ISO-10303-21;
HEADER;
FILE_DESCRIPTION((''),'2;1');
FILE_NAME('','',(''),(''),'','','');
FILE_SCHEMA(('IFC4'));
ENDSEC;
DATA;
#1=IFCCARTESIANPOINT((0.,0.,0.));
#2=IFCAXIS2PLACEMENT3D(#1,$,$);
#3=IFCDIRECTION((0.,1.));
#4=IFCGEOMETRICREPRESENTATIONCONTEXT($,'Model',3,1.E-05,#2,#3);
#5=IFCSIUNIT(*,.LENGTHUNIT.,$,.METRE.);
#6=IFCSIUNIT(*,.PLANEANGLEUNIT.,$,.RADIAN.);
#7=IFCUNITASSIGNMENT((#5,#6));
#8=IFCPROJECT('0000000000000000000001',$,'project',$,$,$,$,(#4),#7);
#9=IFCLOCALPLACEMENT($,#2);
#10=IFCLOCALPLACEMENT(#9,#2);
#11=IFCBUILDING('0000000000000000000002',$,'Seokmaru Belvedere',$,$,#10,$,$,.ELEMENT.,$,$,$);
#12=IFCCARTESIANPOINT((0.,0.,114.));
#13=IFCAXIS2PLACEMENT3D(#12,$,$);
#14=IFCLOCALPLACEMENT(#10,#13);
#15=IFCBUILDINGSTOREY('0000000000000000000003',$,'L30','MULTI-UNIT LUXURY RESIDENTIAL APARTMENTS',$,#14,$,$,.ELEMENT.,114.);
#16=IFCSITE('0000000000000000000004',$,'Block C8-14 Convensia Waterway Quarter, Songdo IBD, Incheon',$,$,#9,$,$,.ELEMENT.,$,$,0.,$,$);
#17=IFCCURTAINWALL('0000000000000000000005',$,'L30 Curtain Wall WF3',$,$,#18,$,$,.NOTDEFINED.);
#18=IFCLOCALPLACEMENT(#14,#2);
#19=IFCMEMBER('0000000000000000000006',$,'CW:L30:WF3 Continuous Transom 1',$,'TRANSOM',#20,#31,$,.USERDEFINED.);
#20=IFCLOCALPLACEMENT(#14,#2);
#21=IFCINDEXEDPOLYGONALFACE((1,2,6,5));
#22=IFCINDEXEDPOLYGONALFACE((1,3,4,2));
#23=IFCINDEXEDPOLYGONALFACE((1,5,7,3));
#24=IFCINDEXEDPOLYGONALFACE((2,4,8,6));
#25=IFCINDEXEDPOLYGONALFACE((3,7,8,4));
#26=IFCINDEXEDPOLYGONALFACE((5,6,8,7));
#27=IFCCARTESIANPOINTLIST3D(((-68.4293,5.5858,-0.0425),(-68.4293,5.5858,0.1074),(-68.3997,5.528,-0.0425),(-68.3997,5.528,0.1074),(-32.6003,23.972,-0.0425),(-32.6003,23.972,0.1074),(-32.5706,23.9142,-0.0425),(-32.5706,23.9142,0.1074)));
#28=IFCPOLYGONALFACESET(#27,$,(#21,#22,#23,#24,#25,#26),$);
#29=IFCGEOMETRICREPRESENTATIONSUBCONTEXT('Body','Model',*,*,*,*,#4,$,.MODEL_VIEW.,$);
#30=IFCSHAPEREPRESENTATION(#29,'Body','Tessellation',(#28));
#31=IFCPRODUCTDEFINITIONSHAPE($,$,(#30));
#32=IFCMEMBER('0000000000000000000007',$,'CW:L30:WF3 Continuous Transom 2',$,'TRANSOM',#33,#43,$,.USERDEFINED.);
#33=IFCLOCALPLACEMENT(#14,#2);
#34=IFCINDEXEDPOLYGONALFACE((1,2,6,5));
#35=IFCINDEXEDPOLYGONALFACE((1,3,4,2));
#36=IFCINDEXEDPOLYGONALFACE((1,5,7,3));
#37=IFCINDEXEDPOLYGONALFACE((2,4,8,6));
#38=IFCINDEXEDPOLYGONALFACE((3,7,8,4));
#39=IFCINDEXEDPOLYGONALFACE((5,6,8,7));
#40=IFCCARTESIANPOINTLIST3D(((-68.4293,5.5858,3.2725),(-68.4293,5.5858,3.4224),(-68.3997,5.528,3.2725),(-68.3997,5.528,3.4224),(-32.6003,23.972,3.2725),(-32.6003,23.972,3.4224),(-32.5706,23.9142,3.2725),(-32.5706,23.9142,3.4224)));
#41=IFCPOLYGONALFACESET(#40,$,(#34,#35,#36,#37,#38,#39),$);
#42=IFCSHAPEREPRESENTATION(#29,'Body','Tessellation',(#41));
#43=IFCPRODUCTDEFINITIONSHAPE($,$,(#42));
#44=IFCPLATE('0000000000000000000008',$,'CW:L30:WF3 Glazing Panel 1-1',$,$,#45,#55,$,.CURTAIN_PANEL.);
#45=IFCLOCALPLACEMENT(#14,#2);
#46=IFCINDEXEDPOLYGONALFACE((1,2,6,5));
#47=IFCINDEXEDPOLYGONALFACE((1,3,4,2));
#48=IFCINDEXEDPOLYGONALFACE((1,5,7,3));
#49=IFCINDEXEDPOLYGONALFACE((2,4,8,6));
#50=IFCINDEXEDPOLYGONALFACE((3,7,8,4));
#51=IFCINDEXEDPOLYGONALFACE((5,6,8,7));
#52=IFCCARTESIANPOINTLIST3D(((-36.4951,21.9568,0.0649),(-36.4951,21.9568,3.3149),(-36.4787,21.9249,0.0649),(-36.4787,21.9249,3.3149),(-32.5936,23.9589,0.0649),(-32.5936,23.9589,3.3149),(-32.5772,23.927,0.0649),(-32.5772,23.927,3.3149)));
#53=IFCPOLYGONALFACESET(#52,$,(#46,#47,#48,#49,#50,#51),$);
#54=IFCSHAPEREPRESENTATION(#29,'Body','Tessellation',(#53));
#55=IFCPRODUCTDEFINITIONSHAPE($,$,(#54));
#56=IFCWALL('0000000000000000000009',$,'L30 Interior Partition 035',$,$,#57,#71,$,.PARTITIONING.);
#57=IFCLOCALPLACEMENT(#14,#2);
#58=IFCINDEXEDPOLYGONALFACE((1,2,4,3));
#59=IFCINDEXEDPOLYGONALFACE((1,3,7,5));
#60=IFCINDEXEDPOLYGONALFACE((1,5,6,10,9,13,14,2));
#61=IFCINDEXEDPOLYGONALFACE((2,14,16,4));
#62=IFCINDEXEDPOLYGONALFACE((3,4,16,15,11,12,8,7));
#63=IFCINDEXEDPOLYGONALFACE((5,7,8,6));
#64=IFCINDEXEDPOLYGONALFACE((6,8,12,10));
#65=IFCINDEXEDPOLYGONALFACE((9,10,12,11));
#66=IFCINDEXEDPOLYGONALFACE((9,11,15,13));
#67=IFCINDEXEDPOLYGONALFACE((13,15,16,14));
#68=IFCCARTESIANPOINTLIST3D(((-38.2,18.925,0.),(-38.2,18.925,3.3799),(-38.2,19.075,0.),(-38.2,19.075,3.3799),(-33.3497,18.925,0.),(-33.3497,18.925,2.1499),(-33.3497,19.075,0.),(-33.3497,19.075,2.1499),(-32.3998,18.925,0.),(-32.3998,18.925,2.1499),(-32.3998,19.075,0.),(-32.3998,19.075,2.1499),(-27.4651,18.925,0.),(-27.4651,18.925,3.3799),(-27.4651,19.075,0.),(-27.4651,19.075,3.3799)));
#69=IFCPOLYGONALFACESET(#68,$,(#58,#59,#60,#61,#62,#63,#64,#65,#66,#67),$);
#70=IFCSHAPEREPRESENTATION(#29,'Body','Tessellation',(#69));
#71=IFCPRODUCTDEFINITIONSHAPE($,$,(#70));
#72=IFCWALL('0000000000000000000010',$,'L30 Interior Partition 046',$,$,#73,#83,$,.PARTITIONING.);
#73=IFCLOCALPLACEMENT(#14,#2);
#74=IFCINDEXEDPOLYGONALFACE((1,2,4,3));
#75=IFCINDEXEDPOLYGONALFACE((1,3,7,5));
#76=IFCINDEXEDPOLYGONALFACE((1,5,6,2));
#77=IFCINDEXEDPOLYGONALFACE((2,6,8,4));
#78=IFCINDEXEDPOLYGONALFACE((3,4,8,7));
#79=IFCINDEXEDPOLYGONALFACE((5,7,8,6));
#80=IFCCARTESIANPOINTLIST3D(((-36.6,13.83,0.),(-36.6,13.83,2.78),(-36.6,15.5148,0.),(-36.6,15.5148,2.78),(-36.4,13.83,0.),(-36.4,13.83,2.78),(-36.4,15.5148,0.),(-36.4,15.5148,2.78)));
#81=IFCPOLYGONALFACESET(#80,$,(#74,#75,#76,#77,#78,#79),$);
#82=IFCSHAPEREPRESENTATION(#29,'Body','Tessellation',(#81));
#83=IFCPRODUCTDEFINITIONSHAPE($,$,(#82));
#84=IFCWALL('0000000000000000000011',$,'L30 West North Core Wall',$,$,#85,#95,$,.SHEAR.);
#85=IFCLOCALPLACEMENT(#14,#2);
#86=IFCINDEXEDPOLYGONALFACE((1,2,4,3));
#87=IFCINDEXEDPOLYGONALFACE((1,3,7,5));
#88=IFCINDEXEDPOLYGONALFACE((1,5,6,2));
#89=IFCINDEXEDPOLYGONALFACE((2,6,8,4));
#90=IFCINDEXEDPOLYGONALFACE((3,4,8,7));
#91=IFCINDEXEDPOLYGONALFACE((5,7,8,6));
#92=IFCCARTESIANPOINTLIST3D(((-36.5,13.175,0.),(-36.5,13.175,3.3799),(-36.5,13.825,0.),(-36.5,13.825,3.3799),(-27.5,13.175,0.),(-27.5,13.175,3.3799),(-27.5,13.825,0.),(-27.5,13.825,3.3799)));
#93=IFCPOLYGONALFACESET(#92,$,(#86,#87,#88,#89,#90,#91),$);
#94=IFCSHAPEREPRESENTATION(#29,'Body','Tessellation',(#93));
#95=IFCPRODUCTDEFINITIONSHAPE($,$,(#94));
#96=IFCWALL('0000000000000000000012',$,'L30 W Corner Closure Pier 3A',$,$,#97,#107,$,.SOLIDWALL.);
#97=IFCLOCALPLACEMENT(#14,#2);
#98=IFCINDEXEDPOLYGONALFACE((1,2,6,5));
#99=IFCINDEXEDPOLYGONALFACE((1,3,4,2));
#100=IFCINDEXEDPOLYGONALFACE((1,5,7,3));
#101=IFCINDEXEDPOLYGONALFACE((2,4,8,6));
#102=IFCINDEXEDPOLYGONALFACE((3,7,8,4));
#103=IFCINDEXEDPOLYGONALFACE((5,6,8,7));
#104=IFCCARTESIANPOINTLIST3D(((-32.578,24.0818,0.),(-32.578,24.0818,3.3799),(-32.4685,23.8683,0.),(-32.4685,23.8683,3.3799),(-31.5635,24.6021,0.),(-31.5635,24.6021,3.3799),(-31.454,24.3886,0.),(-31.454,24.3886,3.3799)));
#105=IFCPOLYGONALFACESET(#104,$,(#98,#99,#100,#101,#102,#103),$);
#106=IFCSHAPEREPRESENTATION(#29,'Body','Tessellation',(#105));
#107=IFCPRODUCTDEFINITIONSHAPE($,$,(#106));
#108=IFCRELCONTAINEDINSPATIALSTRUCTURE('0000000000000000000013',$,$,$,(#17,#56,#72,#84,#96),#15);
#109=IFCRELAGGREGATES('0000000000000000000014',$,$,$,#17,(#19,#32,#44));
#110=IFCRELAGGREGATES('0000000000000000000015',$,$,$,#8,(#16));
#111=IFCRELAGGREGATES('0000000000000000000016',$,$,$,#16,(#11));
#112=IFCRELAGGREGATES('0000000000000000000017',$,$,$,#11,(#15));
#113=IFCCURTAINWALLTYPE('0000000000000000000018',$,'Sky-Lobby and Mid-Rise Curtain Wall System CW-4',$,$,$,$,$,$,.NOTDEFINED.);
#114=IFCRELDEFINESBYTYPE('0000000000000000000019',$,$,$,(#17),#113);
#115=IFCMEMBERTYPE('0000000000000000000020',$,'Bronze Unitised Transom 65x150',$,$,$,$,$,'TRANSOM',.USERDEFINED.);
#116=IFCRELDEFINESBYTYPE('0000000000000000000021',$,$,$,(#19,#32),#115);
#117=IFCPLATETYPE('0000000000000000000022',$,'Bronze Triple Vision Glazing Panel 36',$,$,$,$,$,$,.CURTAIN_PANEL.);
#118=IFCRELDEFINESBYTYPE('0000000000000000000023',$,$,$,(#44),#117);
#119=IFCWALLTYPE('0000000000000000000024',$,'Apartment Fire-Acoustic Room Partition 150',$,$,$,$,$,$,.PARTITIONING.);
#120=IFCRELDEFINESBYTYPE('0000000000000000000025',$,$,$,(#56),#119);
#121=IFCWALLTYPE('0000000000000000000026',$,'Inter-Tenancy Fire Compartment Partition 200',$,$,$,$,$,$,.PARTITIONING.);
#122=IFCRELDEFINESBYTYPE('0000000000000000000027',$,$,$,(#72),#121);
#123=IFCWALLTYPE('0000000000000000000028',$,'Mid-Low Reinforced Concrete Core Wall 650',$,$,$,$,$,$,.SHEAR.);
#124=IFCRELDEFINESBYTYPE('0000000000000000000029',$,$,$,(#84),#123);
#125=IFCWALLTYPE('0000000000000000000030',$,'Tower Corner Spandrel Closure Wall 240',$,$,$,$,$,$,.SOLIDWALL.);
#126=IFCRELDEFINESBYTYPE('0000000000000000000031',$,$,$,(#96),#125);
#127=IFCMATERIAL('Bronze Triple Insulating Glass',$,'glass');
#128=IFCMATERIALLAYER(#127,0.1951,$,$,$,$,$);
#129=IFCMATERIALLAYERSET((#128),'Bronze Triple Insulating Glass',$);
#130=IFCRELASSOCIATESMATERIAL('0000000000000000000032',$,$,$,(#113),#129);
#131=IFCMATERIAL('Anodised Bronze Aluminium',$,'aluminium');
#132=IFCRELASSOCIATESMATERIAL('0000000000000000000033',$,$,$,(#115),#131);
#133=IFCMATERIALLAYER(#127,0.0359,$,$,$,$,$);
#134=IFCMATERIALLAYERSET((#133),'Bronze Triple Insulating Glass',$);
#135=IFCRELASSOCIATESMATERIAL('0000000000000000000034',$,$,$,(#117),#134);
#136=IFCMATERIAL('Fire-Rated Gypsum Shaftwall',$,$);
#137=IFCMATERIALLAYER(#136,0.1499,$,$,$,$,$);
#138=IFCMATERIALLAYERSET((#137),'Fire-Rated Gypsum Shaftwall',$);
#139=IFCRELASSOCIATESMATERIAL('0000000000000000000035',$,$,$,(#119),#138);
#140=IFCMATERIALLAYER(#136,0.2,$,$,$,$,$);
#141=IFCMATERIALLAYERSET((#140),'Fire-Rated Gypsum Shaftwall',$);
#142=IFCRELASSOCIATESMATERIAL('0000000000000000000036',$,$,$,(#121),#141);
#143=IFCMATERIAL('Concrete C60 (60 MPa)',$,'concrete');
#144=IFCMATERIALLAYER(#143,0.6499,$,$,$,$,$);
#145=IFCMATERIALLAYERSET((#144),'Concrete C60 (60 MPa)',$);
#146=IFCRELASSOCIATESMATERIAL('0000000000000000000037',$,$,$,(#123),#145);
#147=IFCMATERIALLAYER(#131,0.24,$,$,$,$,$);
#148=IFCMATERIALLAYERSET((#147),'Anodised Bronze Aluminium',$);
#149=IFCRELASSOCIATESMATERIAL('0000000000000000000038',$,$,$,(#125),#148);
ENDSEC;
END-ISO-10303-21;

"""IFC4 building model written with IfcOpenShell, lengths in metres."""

from ifc_helpers import new_model, si_unit, direction, frame, frame_2d, origin, origin_2d, place, context, subcontext, project, spatial, rectangle, extrude, source, transform, mapped, material, layer, layer_set, material_profile, profile_set, type_object, type_shapes, element, aggregate, save


model = new_model("IFC4")

# Units and contexts
model_context = context("Model", 3, precision=1e-05, world=origin(), true_north=direction((0.0, 1.0)))
body_context = subcontext(model_context, "Body", "Model", "MODEL_VIEW")
ifc_project = project(units=[si_unit("LENGTHUNIT", "METRE"), si_unit("PLANEANGLEUNIT", "RADIAN")], contexts=[model_context])

# Site, building, storey
site_placement = place(None, origin())
site = spatial("IfcSite", under=ifc_project, at=site_placement, Name="Block C8-14 Convensia Waterway Quarter, Songdo IBD, Incheon", CompositionType="ELEMENT", RefElevation=0.0)
building_placement = place(site_placement, origin())
building = spatial("IfcBuilding", under=site, at=building_placement, Name="Seokmaru Belvedere", CompositionType="ELEMENT")
storey_placement = place(building_placement, frame((0.0, 0.0, 114.0)))
storey = spatial("IfcBuildingStorey", under=building, at=storey_placement, Name="L30", Description="MULTI-UNIT LUXURY RESIDENTIAL APARTMENTS", CompositionType="ELEMENT", Elevation=114.0)

# Curtain wall, members, plate
ifc_material_1 = material(Name="Bronze Triple Insulating Glass", Category="glass")
ifc_layer_1 = layer(ifc_material_1, 0.1951)
ifc_layer_set_1 = layer_set([ifc_layer_1], Name="Bronze Triple Insulating Glass")
curtain_wall_type = type_object("IfcCurtainWallType", Name="Sky-Lobby and Mid-Rise Curtain Wall System CW-4", PredefinedType="NOTDEFINED", material=ifc_layer_set_1)
curtain_wall_placement = place(storey_placement, origin())
curtain_wall = element("IfcCurtainWall", 1, at=curtain_wall_placement, inside=storey, type_object=curtain_wall_type, Name="L30 Curtain Wall WF3", PredefinedType="NOTDEFINED")
ifc_material_2 = material(Name="Anodised Bronze Aluminium", Category="aluminium")
ifc_material_profile_1 = material_profile(ifc_material_2, rectangle(XDim=0.0649, YDim=0.1499, at=origin_2d()), Name="CW-T-65x150")
ifc_profile_set_1 = profile_set([ifc_material_profile_1], Name="Anodised Bronze Aluminium")
member_type_1 = type_object("IfcMemberType", Name="Bronze Unitised Transom 65x150", ElementType="TRANSOM", PredefinedType="USERDEFINED", material=ifc_profile_set_1)
shared_shape_1 = source(origin(), body_context, "Body", "SweptSolid", [
    extrude(rectangle(XDim=0.0649, YDim=0.1499, at=origin_2d()), origin(), (0.0, 0.0, 1.0), 40.2712),
])
type_shapes(member_type_1, [shared_shape_1])
member_1_placement = place(storey_placement, frame((-32.5854, 23.9431, 0.0325), z_axis=(-0.889693, -0.456559, 0.0), x_axis=(0.456559, -0.889693, 0.0)))
member_1 = element("IfcMember", 2, at=member_1_placement, type_object=member_type_1, Name="CW:L30:WF3 Continuous Transom 1", ObjectType="TRANSOM", PredefinedType="USERDEFINED", context=body_context, shape_type="MappedRepresentation", body=[
    mapped(shared_shape_1, transform((0.0, 0.0, 0.0), scale=1.0)),
])
member_2_placement = place(storey_placement, frame((-32.5854, 23.9431, 3.3474), z_axis=(-0.889693, -0.456559, 0.0), x_axis=(0.456559, -0.889693, 0.0)))
member_2 = element("IfcMember", 3, at=member_2_placement, type_object=member_type_1, Name="CW:L30:WF3 Continuous Transom 2", ObjectType="TRANSOM", PredefinedType="USERDEFINED", context=body_context, shape_type="MappedRepresentation", body=[
    mapped(shared_shape_1, transform((0.0, 0.0, 0.0), scale=1.0)),
])
ifc_layer_2 = layer(ifc_material_1, 0.0359)
ifc_layer_set_2 = layer_set([ifc_layer_2], Name="Bronze Triple Insulating Glass")
plate_type = type_object("IfcPlateType", Name="Bronze Triple Vision Glazing Panel 36", PredefinedType="CURTAIN_PANEL", material=ifc_layer_set_2)
shared_shape_2 = source(origin(), body_context, "Body", "SweptSolid", [
    extrude(rectangle(XDim=4.3853, YDim=0.0359, at=origin_2d()), origin(), (0.0, 0.0, 1.0), 3.25),
])
type_shapes(plate_type, [shared_shape_2])
plate_placement = place(storey_placement, frame((-34.5361, 22.9419, 0.0649), z_axis=(0.0, 0.0, 1.0), x_axis=(-0.889695, -0.456555, 0.0)))
plate = element("IfcPlate", 4, at=plate_placement, type_object=plate_type, Name="CW:L30:WF3 Glazing Panel 1-1", PredefinedType="CURTAIN_PANEL", context=body_context, shape_type="MappedRepresentation", body=[
    mapped(shared_shape_2, transform((0.0, 0.0, 0.0), scale=1.0)),
])
aggregate(curtain_wall, [member_1, member_2, plate])

# Wall, opening
ifc_material_3 = material(Name="Fire-Rated Gypsum Shaftwall")
ifc_layer_3 = layer(ifc_material_3, 0.1499)
ifc_layer_set_3 = layer_set([ifc_layer_3], Name="Fire-Rated Gypsum Shaftwall")
wall_type_1 = type_object("IfcWallType", Name="Apartment Fire-Acoustic Room Partition 150", PredefinedType="PARTITIONING", material=ifc_layer_set_3)
wall_1_placement = place(storey_placement, frame((-38.2, 19.0, 0.0), z_axis=(0.0, 0.0, 1.0), x_axis=(1.0, 0.0, 0.0)))
wall_1 = element("IfcWall", 5, at=wall_1_placement, inside=storey, type_object=wall_type_1, Name="L30 Interior Partition 035", PredefinedType="PARTITIONING", context=body_context, shape_type="SweptSolid", body=[
    extrude(rectangle(XDim=10.7349, YDim=0.1499, at=frame_2d((5.3674, 0.0))), origin(), (0.0, 0.0, 1.0), 3.3799),
])
opening_placement = place(wall_1_placement, frame((4.8501, 0.0, 0.0)))
element("IfcOpeningElement", 6, at=opening_placement, cuts=wall_1, PredefinedType="OPENING", context=body_context, shape_type="SweptSolid", body=[
    extrude(rectangle(XDim=0.95, YDim=2.1499, at=frame_2d((0.4751, 1.075))), frame((0.0, 0.085, 0.0), z_axis=(0.0, -1.0, 0.0), x_axis=(1.0, 0.0, 0.0)), (0.0, 0.0, 1.0), 0.1699),
])

# Walls
ifc_layer_4 = layer(ifc_material_3, 0.2)
ifc_layer_set_4 = layer_set([ifc_layer_4], Name="Fire-Rated Gypsum Shaftwall")
wall_type_2 = type_object("IfcWallType", Name="Inter-Tenancy Fire Compartment Partition 200", PredefinedType="PARTITIONING", material=ifc_layer_set_4)
wall_2_placement = place(storey_placement, frame((-36.5, 13.8301, 0.0), z_axis=(0.0, 0.0, 1.0), x_axis=(0.0, 1.0, 0.0)))
element("IfcWall", 7, at=wall_2_placement, inside=storey, type_object=wall_type_2, Name="L30 Interior Partition 046", PredefinedType="PARTITIONING", context=body_context, shape_type="SweptSolid", body=[
    extrude(rectangle(XDim=1.6848, YDim=0.2, at=frame_2d((0.8423, 0.0))), origin(), (0.0, 0.0, 1.0), 2.78),
])
ifc_material_4 = material(Name="Concrete C60 (60 MPa)", Category="concrete")
ifc_layer_5 = layer(ifc_material_4, 0.6499)
ifc_layer_set_5 = layer_set([ifc_layer_5], Name="Concrete C60 (60 MPa)")
wall_type_3 = type_object("IfcWallType", Name="Mid-Low Reinforced Concrete Core Wall 650", PredefinedType="SHEAR", material=ifc_layer_set_5)
wall_3_placement = place(storey_placement, frame((-36.5, 13.5, 0.0), z_axis=(0.0, 0.0, 1.0), x_axis=(1.0, 0.0, 0.0)))
element("IfcWall", 8, at=wall_3_placement, inside=storey, type_object=wall_type_3, Name="L30 West North Core Wall", PredefinedType="SHEAR", context=body_context, shape_type="SweptSolid", body=[
    extrude(rectangle(XDim=9.0, YDim=0.6499, at=frame_2d((4.5, 0.0))), origin(), (0.0, 0.0, 1.0), 3.3799),
])
ifc_layer_6 = layer(ifc_material_2, 0.24)
ifc_layer_set_6 = layer_set([ifc_layer_6], Name="Anodised Bronze Aluminium")
wall_type_4 = type_object("IfcWallType", Name="Tower Corner Spandrel Closure Wall 240", PredefinedType="SOLIDWALL", material=ifc_layer_set_6)
wall_4_placement = place(storey_placement, frame((-31.5088, 24.4954, 0.0), z_axis=(0.0, 0.0, 1.0), x_axis=(-0.889797, -0.456356, 0.0)))
element("IfcWall", 9, at=wall_4_placement, inside=storey, type_object=wall_type_4, Name="L30 W Corner Closure Pier 3A", PredefinedType="SOLIDWALL", context=body_context, shape_type="SweptSolid", body=[
    extrude(rectangle(XDim=1.1401, YDim=0.24, at=frame_2d((0.5701, 0.0))), origin(), (0.0, 0.0, 1.0), 3.3799),
])

save(model, "model.ifc")
